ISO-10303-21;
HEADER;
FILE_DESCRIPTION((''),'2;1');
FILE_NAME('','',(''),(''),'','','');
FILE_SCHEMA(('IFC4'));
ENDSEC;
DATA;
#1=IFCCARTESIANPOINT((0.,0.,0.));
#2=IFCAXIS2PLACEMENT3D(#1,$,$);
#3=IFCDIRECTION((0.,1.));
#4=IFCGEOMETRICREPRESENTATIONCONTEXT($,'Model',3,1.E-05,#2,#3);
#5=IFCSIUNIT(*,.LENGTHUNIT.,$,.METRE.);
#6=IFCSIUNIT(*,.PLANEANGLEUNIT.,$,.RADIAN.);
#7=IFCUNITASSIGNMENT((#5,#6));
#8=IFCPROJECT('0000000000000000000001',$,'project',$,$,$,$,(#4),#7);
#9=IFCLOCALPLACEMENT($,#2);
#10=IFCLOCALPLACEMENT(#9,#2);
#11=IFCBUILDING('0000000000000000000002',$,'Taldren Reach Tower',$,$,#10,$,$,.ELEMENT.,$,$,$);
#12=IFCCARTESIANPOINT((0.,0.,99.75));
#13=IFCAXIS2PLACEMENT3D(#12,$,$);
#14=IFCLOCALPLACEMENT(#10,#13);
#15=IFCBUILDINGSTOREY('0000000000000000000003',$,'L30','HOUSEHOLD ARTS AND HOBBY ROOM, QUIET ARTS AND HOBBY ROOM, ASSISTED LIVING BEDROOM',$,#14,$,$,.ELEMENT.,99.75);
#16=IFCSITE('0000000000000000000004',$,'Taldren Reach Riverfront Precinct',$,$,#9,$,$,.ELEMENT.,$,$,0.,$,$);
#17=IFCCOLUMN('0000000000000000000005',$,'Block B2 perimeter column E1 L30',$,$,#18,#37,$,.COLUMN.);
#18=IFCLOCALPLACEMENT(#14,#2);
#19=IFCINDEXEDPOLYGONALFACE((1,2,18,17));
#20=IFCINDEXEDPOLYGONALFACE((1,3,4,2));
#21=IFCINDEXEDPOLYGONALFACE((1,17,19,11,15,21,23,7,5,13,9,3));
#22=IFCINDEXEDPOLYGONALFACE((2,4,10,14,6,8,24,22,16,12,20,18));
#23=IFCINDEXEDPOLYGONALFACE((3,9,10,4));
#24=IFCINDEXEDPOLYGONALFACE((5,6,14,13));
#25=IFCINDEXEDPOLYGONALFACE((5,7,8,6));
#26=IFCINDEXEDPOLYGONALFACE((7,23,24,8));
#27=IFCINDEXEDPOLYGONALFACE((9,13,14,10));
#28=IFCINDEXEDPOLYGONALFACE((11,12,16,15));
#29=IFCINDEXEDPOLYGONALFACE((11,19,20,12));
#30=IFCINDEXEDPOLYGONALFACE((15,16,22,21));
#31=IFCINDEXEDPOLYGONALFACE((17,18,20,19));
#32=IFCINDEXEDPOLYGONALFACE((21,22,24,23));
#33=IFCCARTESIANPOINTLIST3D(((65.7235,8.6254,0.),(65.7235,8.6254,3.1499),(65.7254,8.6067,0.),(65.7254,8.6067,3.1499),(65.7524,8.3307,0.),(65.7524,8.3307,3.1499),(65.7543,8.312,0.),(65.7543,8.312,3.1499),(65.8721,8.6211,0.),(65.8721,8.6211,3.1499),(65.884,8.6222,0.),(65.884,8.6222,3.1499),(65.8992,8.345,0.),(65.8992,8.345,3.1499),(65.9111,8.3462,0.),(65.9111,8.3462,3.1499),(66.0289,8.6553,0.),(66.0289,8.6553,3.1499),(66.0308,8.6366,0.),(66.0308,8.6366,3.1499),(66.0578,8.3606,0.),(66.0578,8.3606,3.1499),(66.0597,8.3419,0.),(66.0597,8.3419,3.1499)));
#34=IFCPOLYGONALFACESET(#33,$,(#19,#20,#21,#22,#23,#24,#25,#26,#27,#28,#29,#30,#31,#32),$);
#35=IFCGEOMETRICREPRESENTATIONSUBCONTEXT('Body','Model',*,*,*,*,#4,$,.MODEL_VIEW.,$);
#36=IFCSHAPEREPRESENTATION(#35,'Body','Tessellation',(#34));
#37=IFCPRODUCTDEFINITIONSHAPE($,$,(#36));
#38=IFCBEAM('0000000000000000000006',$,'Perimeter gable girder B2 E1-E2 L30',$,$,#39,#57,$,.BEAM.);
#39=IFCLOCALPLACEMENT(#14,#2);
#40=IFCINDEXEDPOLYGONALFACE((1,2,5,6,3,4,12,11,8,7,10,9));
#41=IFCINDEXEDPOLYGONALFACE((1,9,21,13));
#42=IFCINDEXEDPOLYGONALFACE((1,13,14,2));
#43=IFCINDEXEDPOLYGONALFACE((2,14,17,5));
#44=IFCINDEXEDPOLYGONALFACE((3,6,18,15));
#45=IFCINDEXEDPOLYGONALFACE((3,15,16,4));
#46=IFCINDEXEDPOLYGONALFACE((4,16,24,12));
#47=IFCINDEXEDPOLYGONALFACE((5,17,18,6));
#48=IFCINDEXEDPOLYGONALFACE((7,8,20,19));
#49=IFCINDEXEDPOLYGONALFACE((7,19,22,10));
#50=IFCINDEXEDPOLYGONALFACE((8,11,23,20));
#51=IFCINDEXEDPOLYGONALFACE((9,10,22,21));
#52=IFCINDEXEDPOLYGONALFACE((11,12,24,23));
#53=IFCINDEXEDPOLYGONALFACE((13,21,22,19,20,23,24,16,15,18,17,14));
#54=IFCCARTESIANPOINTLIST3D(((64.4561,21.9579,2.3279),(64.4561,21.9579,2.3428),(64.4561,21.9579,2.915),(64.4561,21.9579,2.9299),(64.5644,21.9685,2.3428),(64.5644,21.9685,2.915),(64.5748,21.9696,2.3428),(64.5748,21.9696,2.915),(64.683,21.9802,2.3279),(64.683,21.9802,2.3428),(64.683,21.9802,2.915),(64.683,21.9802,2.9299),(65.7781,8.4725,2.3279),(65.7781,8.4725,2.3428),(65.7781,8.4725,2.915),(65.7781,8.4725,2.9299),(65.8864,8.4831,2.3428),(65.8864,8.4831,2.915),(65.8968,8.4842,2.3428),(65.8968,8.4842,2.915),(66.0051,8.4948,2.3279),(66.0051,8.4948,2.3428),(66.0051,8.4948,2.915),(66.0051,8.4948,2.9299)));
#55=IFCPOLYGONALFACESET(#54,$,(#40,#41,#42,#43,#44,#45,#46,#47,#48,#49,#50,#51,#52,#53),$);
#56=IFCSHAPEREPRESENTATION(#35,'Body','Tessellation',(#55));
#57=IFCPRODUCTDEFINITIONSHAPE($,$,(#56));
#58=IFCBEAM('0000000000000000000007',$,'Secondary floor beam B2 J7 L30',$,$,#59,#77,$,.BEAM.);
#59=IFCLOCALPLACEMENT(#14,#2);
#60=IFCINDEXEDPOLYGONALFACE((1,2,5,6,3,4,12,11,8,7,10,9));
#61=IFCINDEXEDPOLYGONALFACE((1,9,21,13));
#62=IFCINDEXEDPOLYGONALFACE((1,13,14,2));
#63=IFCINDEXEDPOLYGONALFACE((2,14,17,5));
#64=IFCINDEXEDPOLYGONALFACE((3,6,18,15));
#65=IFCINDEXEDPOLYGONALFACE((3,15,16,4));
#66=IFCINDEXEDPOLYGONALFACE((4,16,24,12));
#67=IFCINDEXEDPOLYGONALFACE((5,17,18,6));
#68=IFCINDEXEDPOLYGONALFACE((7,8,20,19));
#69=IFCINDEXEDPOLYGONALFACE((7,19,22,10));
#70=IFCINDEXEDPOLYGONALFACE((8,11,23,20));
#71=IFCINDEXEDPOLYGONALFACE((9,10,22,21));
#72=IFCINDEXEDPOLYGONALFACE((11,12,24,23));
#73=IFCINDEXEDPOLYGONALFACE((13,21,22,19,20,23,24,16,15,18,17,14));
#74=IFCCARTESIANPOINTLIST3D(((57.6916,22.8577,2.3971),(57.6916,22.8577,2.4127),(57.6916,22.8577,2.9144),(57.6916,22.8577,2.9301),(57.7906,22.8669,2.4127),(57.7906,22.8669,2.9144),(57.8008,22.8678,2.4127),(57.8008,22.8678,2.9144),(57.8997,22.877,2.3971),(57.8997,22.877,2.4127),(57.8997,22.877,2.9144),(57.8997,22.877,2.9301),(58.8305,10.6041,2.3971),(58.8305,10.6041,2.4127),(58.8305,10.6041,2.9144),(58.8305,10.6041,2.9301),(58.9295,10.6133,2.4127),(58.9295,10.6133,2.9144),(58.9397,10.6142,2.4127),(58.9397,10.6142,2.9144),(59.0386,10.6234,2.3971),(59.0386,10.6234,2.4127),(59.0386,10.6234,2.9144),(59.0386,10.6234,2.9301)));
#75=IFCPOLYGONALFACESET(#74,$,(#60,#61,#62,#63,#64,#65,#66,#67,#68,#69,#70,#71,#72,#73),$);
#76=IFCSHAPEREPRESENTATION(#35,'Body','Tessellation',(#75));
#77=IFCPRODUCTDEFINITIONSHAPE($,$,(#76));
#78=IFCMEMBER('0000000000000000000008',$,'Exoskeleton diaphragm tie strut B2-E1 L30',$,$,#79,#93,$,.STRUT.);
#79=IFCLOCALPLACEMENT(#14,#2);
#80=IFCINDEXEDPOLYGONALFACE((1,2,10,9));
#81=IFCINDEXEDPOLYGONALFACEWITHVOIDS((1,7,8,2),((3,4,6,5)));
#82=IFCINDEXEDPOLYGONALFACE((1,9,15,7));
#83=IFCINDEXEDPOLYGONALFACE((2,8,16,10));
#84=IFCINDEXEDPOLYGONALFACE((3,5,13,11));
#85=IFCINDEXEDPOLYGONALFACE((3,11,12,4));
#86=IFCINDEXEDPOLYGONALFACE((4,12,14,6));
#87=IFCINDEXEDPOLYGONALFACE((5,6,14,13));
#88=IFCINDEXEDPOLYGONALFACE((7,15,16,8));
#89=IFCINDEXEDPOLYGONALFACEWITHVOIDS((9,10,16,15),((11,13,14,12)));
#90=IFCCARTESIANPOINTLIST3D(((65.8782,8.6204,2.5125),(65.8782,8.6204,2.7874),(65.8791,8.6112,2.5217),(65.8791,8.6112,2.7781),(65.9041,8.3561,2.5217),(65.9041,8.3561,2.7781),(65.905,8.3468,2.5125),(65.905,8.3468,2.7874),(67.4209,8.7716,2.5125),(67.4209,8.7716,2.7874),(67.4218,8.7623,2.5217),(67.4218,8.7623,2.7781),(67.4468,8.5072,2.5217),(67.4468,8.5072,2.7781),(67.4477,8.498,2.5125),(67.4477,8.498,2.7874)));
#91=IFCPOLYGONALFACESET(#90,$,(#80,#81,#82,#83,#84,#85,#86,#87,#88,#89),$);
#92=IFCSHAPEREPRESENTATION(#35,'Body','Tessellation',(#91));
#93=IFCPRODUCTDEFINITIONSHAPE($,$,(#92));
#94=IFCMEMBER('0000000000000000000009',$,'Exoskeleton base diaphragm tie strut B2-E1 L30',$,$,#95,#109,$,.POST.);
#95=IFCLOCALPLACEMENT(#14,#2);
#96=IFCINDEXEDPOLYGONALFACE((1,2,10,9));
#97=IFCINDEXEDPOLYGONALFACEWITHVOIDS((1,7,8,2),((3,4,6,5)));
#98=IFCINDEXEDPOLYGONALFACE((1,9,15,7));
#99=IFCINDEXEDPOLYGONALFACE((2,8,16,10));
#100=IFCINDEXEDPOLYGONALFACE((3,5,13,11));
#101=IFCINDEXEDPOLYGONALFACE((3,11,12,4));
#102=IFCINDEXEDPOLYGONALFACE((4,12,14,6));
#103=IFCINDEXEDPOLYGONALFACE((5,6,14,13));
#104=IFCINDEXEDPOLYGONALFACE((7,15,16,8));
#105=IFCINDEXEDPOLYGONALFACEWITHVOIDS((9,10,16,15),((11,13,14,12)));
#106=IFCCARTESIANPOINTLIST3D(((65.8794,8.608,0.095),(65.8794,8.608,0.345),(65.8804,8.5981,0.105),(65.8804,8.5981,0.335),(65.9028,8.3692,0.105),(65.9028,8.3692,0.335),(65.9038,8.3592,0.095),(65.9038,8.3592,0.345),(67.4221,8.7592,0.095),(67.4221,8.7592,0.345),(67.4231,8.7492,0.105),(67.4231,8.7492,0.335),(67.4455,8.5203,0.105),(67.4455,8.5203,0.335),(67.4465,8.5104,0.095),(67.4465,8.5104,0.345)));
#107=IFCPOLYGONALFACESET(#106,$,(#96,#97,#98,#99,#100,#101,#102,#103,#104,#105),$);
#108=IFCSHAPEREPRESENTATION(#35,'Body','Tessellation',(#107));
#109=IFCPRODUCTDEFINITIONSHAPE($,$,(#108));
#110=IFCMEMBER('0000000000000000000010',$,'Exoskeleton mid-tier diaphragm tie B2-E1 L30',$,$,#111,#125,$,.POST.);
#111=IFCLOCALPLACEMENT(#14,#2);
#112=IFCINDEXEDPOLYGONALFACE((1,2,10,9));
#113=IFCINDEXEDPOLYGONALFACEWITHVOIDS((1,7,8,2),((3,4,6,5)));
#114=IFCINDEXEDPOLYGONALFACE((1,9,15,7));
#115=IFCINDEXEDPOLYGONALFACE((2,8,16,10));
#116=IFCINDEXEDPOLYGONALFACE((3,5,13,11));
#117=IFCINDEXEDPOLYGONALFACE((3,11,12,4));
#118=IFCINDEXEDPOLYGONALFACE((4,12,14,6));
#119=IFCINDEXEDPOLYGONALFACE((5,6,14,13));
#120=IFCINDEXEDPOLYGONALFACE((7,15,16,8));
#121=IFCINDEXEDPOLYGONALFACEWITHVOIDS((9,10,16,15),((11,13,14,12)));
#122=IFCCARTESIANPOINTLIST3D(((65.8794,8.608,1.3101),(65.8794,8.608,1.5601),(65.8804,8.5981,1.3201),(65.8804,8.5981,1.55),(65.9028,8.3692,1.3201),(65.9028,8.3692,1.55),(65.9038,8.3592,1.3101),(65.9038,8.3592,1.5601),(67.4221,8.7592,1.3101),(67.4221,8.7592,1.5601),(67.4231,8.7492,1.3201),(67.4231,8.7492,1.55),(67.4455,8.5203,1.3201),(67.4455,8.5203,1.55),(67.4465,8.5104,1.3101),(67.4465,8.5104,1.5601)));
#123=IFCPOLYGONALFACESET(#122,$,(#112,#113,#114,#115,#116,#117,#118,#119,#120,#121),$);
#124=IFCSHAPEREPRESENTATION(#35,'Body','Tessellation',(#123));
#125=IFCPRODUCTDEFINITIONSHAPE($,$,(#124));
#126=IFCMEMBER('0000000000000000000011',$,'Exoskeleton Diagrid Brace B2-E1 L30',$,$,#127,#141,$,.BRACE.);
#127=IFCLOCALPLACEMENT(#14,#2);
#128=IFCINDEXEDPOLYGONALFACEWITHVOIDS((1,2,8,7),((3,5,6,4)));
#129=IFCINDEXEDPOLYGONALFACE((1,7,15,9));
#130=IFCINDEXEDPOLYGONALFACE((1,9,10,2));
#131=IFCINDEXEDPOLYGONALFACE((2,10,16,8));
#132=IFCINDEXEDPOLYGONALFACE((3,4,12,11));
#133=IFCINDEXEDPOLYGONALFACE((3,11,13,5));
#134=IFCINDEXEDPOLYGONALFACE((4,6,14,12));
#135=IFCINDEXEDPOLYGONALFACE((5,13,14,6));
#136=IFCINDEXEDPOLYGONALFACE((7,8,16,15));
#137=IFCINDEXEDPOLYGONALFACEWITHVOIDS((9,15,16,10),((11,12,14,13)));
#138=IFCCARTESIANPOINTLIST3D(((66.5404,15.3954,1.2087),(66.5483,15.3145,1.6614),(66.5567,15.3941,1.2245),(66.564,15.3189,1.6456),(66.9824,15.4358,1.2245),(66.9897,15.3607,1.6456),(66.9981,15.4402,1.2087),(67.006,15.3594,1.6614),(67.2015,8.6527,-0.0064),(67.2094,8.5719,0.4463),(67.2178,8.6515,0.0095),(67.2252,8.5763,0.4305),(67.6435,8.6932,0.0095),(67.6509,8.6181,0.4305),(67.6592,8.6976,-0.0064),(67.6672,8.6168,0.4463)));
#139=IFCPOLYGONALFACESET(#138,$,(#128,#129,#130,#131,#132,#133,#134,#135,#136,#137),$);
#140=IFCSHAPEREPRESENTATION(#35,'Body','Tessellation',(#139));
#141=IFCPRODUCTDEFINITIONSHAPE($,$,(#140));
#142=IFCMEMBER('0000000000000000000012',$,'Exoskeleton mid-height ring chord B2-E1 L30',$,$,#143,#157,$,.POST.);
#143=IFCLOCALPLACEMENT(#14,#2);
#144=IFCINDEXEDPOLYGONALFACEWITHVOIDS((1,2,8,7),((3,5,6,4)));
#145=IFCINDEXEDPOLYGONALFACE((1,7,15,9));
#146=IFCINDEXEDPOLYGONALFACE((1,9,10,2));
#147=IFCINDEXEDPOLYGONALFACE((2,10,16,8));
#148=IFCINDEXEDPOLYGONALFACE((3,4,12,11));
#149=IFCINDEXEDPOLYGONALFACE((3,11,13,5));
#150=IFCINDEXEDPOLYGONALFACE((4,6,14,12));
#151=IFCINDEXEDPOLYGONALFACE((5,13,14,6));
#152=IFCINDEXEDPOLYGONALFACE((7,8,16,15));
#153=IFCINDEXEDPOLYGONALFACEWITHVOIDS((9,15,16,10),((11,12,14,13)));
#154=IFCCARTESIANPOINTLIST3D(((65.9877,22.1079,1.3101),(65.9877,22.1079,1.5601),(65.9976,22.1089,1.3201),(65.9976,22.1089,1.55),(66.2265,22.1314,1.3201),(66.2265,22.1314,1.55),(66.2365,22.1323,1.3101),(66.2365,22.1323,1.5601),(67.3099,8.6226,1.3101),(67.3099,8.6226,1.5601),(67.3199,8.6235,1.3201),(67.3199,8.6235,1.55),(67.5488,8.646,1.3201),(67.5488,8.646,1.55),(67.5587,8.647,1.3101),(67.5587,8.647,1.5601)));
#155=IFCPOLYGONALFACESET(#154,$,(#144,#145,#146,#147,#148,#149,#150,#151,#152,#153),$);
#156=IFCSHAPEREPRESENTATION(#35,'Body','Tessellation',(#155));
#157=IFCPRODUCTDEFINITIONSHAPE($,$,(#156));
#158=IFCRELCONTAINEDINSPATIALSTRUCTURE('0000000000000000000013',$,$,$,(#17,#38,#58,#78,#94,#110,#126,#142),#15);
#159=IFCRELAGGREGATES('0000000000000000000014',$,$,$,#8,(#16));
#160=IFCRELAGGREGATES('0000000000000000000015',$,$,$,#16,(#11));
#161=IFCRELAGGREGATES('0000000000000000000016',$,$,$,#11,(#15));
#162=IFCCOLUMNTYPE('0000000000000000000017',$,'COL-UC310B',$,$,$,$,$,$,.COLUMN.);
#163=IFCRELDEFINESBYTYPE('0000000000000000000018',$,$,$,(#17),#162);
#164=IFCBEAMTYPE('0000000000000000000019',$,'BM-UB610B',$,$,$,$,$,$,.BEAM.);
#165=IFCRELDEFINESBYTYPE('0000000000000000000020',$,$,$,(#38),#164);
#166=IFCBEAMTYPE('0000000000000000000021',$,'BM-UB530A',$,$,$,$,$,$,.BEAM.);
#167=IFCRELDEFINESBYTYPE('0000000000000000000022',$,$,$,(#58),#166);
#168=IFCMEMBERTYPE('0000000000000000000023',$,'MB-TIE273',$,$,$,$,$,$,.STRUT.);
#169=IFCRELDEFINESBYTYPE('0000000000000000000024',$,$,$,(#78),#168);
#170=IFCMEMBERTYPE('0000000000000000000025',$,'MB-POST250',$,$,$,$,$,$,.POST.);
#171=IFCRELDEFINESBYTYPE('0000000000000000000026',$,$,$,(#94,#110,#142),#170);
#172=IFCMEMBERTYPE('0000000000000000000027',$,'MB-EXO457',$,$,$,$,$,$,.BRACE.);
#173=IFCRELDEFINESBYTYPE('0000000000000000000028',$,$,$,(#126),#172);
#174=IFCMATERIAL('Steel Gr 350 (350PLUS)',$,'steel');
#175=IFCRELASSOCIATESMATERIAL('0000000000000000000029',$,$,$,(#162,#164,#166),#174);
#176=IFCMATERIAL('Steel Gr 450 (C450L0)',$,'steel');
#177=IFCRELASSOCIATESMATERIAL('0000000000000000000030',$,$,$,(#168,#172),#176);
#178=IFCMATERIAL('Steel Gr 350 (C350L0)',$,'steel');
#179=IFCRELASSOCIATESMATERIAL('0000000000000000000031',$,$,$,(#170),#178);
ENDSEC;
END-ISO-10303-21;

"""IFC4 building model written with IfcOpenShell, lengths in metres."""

from ifc_helpers import new_model, si_unit, direction, frame, origin, origin_2d, place, context, subcontext, project, spatial, hollow_rectangle, i_section, extrude, source, transform, mapped, material, material_profile, profile_set, type_object, element, save


model = new_model("IFC4")

# Units and contexts
model_context = context("Model", 3, precision=1e-05, world=origin(), true_north=direction((0.0, 1.0)))
body_context = subcontext(model_context, "Body", "Model", "MODEL_VIEW")
ifc_project = project(units=[si_unit("LENGTHUNIT", "METRE"), si_unit("PLANEANGLEUNIT", "RADIAN")], contexts=[model_context])

# Site, building, storey
site_placement = place(None, origin())
site = spatial("IfcSite", under=ifc_project, at=site_placement, Name="Taldren Reach Riverfront Precinct", CompositionType="ELEMENT", RefElevation=0.0)
building_placement = place(site_placement, origin())
building = spatial("IfcBuilding", under=site, at=building_placement, Name="Taldren Reach Tower", CompositionType="ELEMENT")
storey_placement = place(building_placement, frame((0.0, 0.0, 99.75)))
storey = spatial("IfcBuildingStorey", under=building, at=storey_placement, Name="L30", Description="HOUSEHOLD ARTS AND HOBBY ROOM, QUIET ARTS AND HOBBY ROOM, ASSISTED LIVING BEDROOM", CompositionType="ELEMENT", Elevation=99.75)

# Column
ifc_material_1 = material(Name="Steel Gr 350 (350PLUS)", Category="steel")
ifc_material_profile_1 = material_profile(ifc_material_1, i_section(OverallWidth=0.3069, OverallDepth=0.3149, WebThickness=0.012, FlangeThickness=0.0188, at=origin_2d()), Name="310UC118")
ifc_profile_set_1 = profile_set([ifc_material_profile_1], Name="Steel Gr 350 (350PLUS)")
column_type = type_object("IfcColumnType", Name="COL-UC310B", PredefinedType="COLUMN", material=ifc_profile_set_1)
shared_shape_1 = source(origin(), body_context, "Body", "SweptSolid", [
    extrude(i_section(OverallWidth=0.3069, OverallDepth=0.3149, WebThickness=0.012, FlangeThickness=0.0188, at=origin_2d()), origin(), (0.0, 0.0, 1.0), 3.1499),
])
column_placement = place(storey_placement, frame((65.8916, 8.4836, 0.0), z_axis=(0.0, 0.0, 1.0), x_axis=(0.995227, 0.097583, 0.0)))
element("IfcColumn", 1, at=column_placement, inside=storey, type_object=column_type, Name="Block B2 perimeter column E1 L30", PredefinedType="COLUMN", context=body_context, shape_type="MappedRepresentation", body=[
    mapped(shared_shape_1, transform((0.0, 0.0, 0.0), scale=1.0)),
])

# Beams
ifc_material_profile_2 = material_profile(ifc_material_1, i_section(OverallWidth=0.228, OverallDepth=0.6021, WebThickness=0.0105, FlangeThickness=0.0149, at=origin_2d()), Name="610UB101")
ifc_profile_set_2 = profile_set([ifc_material_profile_2], Name="Steel Gr 350 (350PLUS)")
beam_type_1 = type_object("IfcBeamType", Name="BM-UB610B", PredefinedType="BEAM", material=ifc_profile_set_2)
shared_shape_2 = source(origin(), body_context, "Body", "SweptSolid", [
    extrude(i_section(OverallWidth=0.228, OverallDepth=0.6021, WebThickness=0.0105, FlangeThickness=0.0149, at=origin_2d()), origin(), (0.0, 0.0, 1.0), 13.55),
])
beam_1_placement = place(storey_placement, frame((65.8916, 8.4836, 2.6289), z_axis=(-0.097566, 0.995229, 0.0), x_axis=(-0.995229, -0.097566, 0.0)))
element("IfcBeam", 2, at=beam_1_placement, inside=storey, type_object=beam_type_1, Name="Perimeter gable girder B2 E1-E2 L30", PredefinedType="BEAM", context=body_context, shape_type="MappedRepresentation", body=[
    mapped(shared_shape_2, transform((0.0, 0.0, 0.0), scale=1.0)),
])
ifc_material_profile_3 = material_profile(ifc_material_1, i_section(OverallWidth=0.209, OverallDepth=0.533, WebThickness=0.0103, FlangeThickness=0.0156, at=origin_2d()), Name="530UB92.4")
ifc_profile_set_3 = profile_set([ifc_material_profile_3], Name="Steel Gr 350 (350PLUS)")
beam_type_2 = type_object("IfcBeamType", Name="BM-UB530A", PredefinedType="BEAM", material=ifc_profile_set_3)
shared_shape_3 = source(origin(), body_context, "Body", "SweptSolid", [
    extrude(i_section(OverallWidth=0.209, OverallDepth=0.533, WebThickness=0.0103, FlangeThickness=0.0156, at=origin_2d()), origin(), (0.0, 0.0, 1.0), 12.3064),
])
beam_2_placement = place(storey_placement, frame((58.9346, 10.6138, 2.6636), z_axis=(-0.092546, 0.995708, 0.0), x_axis=(-0.995708, -0.092546, 0.0)))
element("IfcBeam", 3, at=beam_2_placement, inside=storey, type_object=beam_type_2, Name="Secondary floor beam B2 J7 L30", PredefinedType="BEAM", context=body_context, shape_type="MappedRepresentation", body=[
    mapped(shared_shape_3, transform((0.0, 0.0, 0.0), scale=1.0)),
])

# Members
ifc_material_2 = material(Name="Steel Gr 450 (C450L0)", Category="steel")
ifc_material_profile_4 = material_profile(ifc_material_2, hollow_rectangle(XDim=0.2749, YDim=0.2749, WallThickness=0.0093, at=origin_2d()), Name="275x275x9.3SHS")
ifc_profile_set_4 = profile_set([ifc_material_profile_4], Name="Steel Gr 450 (C450L0)")
member_type_1 = type_object("IfcMemberType", Name="MB-TIE273", PredefinedType="STRUT", material=ifc_profile_set_4)
shared_shape_4 = source(origin(), body_context, "Body", "SweptSolid", [
    extrude(hollow_rectangle(XDim=0.2749, YDim=0.2749, WallThickness=0.0093, at=origin_2d()), origin(), (0.0, 0.0, 1.0), 1.55),
])
member_1_placement = place(storey_placement, frame((65.8916, 8.4836, 2.6499), z_axis=(0.995236, 0.097492, 0.0), x_axis=(-0.097492, 0.995236, 0.0)))
element("IfcMember", 4, at=member_1_placement, inside=storey, type_object=member_type_1, Name="Exoskeleton diaphragm tie strut B2-E1 L30", PredefinedType="STRUT", context=body_context, shape_type="MappedRepresentation", body=[
    mapped(shared_shape_4, transform((0.0, 0.0, 0.0), scale=1.0)),
])
ifc_material_3 = material(Name="Steel Gr 350 (C350L0)", Category="steel")
ifc_material_profile_5 = material_profile(ifc_material_3, hollow_rectangle(XDim=0.25, YDim=0.25, WallThickness=0.01, at=origin_2d()), Name="250x250x10.0SHS")
ifc_profile_set_5 = profile_set([ifc_material_profile_5], Name="Steel Gr 350 (C350L0)")
member_type_2 = type_object("IfcMemberType", Name="MB-POST250", PredefinedType="POST", material=ifc_profile_set_5)
shared_shape_5 = source(origin(), body_context, "Body", "SweptSolid", [
    extrude(hollow_rectangle(XDim=0.25, YDim=0.25, WallThickness=0.01, at=origin_2d()), origin(), (0.0, 0.0, 1.0), 1.55),
])
for number, where, z_axis, x_axis, name in (
    (5, (65.8916, 8.4836, 0.22), (0.995236, 0.097492, 0.0), (-0.097492, 0.995236, 0.0), "Exoskeleton base diaphragm tie strut B2-E1 L30"),
    (6, (65.8916, 8.4836, 1.4351), (0.995236, 0.097492, 0.0), (-0.097492, 0.995236, 0.0), "Exoskeleton mid-tier diaphragm tie B2-E1 L30"),
):
    element("IfcMember", number, at=place(storey_placement, frame(where, z_axis=z_axis, x_axis=x_axis)), inside=storey, type_object=member_type_2, Name=name, PredefinedType="POST", context=body_context, shape_type="MappedRepresentation", body=[
        mapped(shared_shape_5, transform((0.0, 0.0, 0.0), scale=1.0)),
    ])
ifc_material_profile_6 = material_profile(ifc_material_2, hollow_rectangle(XDim=0.46, YDim=0.46, WallThickness=0.0161, at=origin_2d()), Name="460x460x16.0SHS")
ifc_profile_set_6 = profile_set([ifc_material_profile_6], Name="Steel Gr 450 (C450L0)")
member_type_3 = type_object("IfcMemberType", Name="MB-EXO457", PredefinedType="BRACE", material=ifc_profile_set_6)
shared_shape_6 = source(origin(), body_context, "Body", "SweptSolid", [
    extrude(hollow_rectangle(XDim=0.46, YDim=0.46, WallThickness=0.0161, at=origin_2d()), origin(), (0.0, 0.0, 1.0), 6.8831),
])
member_2_placement = place(storey_placement, frame((67.4343, 8.6348, 0.22), z_axis=(-0.096051, 0.979597, 0.176532), x_axis=(-0.995227, -0.097584, 0.0)))
element("IfcMember", 7, at=member_2_placement, inside=storey, type_object=member_type_3, Name="Exoskeleton Diagrid Brace B2-E1 L30", PredefinedType="BRACE", context=body_context, shape_type="MappedRepresentation", body=[
    mapped(shared_shape_6, transform((0.0, 0.0, 0.0), scale=1.0)),
])
shared_shape_7 = source(origin(), body_context, "Body", "SweptSolid", [
    extrude(hollow_rectangle(XDim=0.25, YDim=0.25, WallThickness=0.01, at=origin_2d()), origin(), (0.0, 0.0, 1.0), 13.55),
])
member_3_placement = place(storey_placement, frame((67.4343, 8.6348, 1.4351), z_axis=(-0.097584, 0.995227, 0.0), x_axis=(-0.995227, -0.097584, 0.0)))
element("IfcMember", 8, at=member_3_placement, inside=storey, type_object=member_type_2, Name="Exoskeleton mid-height ring chord B2-E1 L30", PredefinedType="POST", context=body_context, shape_type="MappedRepresentation", body=[
    mapped(shared_shape_7, transform((0.0, 0.0, 0.0), scale=1.0)),
])

save(model, "model.ifc")
